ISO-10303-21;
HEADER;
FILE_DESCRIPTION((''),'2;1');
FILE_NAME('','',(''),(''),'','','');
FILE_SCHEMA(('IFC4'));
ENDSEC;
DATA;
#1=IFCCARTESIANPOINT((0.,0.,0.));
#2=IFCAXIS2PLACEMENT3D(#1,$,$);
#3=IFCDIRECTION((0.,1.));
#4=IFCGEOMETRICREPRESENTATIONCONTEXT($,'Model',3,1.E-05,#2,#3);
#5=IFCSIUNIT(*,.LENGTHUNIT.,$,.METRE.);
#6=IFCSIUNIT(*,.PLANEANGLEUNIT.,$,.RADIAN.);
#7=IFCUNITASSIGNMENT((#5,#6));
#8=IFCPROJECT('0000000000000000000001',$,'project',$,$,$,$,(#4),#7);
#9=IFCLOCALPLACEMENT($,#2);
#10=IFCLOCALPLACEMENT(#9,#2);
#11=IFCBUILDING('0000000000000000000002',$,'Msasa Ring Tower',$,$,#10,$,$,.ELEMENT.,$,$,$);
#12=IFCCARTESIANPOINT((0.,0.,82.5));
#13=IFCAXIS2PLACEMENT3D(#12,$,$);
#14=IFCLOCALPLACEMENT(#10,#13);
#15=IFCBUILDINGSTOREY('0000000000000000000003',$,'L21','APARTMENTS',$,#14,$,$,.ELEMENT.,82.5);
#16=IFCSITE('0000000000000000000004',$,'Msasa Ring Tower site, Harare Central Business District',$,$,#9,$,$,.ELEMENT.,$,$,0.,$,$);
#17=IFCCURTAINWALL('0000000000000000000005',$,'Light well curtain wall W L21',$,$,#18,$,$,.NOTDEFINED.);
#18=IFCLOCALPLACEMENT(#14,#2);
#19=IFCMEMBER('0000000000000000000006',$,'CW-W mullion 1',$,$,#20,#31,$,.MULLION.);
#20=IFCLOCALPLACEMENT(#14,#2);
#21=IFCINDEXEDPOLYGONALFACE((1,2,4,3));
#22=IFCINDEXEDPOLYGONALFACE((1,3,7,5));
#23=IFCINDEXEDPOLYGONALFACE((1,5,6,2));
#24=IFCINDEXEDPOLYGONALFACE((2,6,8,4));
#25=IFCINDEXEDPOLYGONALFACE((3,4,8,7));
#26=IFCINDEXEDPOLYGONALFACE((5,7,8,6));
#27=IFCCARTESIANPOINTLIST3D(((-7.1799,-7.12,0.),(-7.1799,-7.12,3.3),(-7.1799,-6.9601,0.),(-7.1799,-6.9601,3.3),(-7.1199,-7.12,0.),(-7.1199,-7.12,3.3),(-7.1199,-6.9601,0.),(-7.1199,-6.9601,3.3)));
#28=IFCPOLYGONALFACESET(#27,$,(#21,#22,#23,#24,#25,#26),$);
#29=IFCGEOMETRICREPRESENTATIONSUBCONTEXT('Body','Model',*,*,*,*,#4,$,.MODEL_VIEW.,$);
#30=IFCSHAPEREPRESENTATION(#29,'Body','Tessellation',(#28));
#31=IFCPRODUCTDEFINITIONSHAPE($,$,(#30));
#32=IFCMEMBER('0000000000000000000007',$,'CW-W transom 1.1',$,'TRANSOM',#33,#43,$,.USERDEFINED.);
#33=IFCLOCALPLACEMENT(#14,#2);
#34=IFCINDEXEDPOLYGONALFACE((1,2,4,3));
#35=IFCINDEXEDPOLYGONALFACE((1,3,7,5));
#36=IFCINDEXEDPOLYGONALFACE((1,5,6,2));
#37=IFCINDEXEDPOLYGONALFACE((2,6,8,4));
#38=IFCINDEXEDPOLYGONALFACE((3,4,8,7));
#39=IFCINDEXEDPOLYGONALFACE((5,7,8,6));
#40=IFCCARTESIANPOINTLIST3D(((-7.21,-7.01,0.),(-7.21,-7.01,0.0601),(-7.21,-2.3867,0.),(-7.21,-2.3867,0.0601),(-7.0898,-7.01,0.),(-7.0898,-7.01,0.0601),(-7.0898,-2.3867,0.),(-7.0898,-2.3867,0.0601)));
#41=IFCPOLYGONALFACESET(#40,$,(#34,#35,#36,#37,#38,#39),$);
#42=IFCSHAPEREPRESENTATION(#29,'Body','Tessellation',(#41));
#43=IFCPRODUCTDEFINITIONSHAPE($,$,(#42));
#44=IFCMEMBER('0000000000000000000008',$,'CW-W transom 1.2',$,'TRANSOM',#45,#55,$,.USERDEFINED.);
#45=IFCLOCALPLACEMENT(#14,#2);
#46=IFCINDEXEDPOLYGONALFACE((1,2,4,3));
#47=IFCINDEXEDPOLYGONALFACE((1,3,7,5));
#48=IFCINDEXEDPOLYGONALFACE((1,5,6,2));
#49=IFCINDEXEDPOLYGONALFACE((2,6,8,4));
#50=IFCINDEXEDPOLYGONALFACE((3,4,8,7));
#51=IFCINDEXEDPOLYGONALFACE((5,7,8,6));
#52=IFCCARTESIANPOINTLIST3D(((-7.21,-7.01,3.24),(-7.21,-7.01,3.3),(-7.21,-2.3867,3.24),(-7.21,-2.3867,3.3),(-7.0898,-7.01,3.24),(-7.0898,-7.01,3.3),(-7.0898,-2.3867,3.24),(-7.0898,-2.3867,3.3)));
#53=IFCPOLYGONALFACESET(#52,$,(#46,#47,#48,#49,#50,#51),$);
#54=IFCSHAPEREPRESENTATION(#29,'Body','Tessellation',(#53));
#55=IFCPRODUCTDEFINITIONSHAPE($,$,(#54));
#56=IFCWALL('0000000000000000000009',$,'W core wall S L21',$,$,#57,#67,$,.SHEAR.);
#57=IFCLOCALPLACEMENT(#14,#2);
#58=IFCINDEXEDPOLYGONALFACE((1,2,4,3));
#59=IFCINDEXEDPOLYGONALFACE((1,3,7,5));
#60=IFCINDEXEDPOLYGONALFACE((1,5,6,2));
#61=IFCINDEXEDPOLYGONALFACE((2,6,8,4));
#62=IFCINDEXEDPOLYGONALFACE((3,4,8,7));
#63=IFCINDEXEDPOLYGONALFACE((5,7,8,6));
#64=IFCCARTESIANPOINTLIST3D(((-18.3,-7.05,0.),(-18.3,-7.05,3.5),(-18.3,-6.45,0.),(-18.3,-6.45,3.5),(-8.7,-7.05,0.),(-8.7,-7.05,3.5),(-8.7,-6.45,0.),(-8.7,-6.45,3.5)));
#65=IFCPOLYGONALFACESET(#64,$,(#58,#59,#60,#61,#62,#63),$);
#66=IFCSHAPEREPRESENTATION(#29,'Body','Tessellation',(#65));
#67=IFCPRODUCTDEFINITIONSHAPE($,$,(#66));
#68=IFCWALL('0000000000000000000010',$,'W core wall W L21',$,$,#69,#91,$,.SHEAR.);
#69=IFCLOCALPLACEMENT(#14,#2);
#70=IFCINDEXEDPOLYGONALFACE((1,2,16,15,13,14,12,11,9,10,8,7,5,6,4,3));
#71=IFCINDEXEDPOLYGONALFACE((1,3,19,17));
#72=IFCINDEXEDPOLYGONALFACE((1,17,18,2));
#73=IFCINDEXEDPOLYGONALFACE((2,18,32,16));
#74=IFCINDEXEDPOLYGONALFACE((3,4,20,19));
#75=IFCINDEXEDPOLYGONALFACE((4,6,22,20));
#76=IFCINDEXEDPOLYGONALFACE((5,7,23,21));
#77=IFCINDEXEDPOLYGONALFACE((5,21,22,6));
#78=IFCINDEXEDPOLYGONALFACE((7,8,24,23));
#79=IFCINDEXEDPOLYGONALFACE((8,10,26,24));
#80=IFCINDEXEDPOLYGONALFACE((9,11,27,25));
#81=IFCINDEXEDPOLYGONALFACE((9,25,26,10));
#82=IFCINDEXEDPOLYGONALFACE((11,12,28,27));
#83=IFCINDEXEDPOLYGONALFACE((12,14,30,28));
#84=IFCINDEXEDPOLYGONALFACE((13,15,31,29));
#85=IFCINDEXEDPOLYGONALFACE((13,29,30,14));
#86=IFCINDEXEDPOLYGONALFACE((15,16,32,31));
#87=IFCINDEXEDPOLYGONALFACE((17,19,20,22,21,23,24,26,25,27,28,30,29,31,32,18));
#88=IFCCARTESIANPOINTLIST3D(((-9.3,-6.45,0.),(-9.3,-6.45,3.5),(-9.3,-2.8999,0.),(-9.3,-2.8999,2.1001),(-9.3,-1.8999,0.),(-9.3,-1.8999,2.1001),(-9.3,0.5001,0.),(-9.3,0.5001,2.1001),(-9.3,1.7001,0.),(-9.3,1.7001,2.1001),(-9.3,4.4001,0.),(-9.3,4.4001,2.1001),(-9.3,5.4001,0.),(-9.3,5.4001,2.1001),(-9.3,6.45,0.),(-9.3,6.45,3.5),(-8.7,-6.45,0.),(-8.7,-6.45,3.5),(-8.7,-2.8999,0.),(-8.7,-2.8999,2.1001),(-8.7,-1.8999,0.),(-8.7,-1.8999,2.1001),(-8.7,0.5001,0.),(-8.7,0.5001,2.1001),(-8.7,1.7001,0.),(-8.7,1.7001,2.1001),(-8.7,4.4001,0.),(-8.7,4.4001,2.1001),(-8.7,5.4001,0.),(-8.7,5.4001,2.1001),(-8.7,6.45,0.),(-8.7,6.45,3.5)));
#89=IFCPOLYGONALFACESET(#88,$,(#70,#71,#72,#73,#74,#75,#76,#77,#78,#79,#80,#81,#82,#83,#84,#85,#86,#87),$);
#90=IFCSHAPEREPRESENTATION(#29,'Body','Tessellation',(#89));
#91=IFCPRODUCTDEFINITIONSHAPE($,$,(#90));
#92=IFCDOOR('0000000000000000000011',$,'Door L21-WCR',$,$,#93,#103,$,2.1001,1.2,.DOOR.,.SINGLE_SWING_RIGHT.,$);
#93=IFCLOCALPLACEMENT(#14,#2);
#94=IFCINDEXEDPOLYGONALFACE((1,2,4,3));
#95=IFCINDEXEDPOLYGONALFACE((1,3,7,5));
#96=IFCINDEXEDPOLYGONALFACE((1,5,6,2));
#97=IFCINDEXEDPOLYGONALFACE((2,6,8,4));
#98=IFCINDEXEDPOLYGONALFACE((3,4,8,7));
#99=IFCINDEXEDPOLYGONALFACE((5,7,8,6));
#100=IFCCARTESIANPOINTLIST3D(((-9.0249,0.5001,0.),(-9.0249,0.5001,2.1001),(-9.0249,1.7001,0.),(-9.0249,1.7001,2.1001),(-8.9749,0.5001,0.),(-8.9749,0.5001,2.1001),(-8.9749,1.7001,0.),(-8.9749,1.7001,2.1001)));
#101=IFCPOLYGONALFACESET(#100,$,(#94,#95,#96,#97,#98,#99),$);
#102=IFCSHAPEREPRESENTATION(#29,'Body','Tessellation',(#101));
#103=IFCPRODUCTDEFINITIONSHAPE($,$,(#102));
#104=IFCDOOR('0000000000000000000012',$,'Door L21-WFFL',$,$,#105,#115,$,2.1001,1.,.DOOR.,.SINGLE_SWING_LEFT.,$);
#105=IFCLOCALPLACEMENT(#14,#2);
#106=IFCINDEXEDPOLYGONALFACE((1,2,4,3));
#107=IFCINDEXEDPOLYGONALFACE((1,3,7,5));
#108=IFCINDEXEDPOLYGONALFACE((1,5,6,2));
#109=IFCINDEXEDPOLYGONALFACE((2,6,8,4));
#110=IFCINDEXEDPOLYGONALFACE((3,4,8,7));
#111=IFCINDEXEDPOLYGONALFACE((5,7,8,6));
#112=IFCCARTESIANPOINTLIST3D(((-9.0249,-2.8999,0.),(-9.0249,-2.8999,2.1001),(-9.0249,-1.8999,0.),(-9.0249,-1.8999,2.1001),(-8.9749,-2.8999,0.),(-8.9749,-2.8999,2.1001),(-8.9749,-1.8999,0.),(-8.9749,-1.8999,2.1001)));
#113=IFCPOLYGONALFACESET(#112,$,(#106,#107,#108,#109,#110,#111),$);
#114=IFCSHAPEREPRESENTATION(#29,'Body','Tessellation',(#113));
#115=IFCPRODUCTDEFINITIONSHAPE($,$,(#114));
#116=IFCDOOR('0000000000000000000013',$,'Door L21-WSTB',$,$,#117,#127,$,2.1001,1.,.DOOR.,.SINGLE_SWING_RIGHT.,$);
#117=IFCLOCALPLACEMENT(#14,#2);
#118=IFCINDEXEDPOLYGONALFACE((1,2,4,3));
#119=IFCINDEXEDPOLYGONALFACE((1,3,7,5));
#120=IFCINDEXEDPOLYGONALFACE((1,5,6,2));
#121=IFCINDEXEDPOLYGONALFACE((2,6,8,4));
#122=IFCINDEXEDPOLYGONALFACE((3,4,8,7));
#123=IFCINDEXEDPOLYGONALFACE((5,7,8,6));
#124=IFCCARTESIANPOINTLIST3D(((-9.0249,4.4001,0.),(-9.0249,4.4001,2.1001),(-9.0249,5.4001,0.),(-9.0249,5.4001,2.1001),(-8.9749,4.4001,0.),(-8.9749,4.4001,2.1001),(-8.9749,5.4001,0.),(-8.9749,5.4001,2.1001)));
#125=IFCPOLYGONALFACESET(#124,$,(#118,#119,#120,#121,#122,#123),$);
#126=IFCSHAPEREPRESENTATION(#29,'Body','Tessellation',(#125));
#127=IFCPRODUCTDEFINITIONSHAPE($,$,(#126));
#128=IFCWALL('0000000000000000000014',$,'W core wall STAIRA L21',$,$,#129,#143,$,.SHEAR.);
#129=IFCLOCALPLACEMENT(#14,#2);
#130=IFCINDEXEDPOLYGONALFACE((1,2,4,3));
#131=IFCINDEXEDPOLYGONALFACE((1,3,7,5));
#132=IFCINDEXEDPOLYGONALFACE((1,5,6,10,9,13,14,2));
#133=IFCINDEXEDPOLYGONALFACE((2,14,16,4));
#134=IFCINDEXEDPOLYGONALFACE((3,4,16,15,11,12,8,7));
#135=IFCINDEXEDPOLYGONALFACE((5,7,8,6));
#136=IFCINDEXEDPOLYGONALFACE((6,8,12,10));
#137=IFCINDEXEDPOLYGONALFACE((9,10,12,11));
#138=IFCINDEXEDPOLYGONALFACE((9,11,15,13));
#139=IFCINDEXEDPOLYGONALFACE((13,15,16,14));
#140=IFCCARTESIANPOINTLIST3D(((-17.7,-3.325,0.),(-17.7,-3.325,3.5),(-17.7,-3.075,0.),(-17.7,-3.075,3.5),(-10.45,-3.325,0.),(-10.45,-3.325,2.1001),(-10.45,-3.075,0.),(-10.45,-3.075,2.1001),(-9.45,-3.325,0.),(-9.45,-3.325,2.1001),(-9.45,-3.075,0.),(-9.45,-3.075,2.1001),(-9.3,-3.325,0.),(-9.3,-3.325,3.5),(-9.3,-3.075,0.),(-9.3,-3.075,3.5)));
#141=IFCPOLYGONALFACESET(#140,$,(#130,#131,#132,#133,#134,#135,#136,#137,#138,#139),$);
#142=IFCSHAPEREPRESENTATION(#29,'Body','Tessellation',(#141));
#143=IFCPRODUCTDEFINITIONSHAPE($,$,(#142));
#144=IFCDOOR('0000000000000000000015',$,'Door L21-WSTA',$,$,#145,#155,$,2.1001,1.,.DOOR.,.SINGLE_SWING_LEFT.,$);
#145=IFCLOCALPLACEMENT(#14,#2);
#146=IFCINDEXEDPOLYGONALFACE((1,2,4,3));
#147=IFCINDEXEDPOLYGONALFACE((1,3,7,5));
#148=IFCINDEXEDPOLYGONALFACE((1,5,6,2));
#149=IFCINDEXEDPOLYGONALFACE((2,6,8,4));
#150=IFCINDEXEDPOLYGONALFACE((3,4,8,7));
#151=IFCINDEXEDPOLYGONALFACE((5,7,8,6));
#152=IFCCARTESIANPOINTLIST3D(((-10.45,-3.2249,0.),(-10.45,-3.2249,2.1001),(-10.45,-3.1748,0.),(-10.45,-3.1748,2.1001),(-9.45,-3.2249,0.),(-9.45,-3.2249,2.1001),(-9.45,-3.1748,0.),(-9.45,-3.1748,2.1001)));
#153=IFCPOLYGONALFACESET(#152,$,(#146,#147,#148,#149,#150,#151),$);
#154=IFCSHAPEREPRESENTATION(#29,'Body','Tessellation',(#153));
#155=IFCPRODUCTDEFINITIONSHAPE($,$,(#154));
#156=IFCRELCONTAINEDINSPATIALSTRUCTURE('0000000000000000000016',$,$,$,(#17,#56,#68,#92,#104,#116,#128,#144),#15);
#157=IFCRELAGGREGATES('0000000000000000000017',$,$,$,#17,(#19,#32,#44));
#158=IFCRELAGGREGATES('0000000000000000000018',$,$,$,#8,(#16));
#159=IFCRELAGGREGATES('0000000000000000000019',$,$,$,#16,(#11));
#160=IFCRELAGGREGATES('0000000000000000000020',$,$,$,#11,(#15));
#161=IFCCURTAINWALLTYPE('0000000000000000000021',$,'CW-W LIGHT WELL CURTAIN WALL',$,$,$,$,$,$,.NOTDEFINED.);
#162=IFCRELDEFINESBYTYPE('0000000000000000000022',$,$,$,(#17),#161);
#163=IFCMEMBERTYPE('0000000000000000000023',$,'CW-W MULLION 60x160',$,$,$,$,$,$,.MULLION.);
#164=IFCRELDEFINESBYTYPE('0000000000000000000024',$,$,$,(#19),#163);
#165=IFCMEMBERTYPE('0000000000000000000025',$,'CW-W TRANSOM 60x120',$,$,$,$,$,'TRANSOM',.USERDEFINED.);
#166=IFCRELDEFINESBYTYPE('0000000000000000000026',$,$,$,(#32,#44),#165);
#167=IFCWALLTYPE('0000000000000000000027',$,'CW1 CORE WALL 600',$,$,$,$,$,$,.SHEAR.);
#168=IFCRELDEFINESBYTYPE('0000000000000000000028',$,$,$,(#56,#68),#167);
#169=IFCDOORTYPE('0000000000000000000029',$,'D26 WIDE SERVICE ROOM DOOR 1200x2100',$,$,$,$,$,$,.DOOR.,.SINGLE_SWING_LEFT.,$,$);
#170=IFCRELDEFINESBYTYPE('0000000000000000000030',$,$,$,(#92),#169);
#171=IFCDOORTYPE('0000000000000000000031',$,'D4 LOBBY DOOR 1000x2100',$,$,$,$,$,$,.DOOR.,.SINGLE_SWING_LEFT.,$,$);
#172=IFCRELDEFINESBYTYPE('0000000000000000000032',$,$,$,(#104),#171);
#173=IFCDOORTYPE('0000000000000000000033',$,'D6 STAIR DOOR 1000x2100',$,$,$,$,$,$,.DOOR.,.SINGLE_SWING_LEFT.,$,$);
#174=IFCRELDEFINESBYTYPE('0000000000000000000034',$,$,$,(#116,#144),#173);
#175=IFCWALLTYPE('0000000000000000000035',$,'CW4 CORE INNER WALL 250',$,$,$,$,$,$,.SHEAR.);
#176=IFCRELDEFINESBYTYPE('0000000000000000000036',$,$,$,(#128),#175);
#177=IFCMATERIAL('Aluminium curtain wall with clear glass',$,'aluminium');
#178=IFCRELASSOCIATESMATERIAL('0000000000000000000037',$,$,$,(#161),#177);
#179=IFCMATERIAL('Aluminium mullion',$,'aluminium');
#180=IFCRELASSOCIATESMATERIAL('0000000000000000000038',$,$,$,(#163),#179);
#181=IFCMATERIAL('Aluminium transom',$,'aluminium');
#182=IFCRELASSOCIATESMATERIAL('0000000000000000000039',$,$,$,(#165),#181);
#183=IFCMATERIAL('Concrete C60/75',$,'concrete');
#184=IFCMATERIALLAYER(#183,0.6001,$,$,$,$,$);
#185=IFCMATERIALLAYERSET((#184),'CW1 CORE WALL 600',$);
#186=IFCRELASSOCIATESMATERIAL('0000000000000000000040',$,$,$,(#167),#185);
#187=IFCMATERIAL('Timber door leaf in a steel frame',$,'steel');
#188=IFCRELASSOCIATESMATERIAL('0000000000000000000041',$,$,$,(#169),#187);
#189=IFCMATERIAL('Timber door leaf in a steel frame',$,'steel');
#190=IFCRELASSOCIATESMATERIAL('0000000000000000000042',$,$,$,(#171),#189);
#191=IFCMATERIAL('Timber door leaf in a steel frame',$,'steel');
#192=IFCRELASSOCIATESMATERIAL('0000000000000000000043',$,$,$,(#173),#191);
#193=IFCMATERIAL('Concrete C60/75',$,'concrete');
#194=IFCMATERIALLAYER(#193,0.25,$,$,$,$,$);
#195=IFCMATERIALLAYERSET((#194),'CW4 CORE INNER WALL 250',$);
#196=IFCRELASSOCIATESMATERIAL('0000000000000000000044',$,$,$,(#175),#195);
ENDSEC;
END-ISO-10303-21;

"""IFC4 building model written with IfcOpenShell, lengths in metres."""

from ifc_helpers import new_model, si_unit, direction, frame, frame_2d, origin, origin_2d, place, context, subcontext, project, spatial, rectangle, extrude, material, layer, layer_set, material_profile, profile_set, type_object, element, fill, aggregate, save


model = new_model("IFC4")

# Units and contexts
model_context = context("Model", 3, precision=1e-05, world=origin(), true_north=direction((0.0, 1.0)))
body_context = subcontext(model_context, "Body", "Model", "MODEL_VIEW")
ifc_project = project(units=[si_unit("LENGTHUNIT", "METRE"), si_unit("PLANEANGLEUNIT", "RADIAN")], contexts=[model_context])

# Site, building, storey
site_placement = place(None, origin())
site = spatial("IfcSite", under=ifc_project, at=site_placement, Name="Msasa Ring Tower site, Harare Central Business District", CompositionType="ELEMENT", RefElevation=0.0)
building_placement = place(site_placement, origin())
building = spatial("IfcBuilding", under=site, at=building_placement, Name="Msasa Ring Tower", CompositionType="ELEMENT")
storey_placement = place(building_placement, frame((0.0, 0.0, 82.5)))
storey = spatial("IfcBuildingStorey", under=building, at=storey_placement, Name="L21", Description="APARTMENTS", CompositionType="ELEMENT", Elevation=82.5)

# Curtain wall, members
ifc_material_1 = material(Name="Aluminium curtain wall with clear glass", Category="aluminium")
curtain_wall_type = type_object("IfcCurtainWallType", Name="CW-W LIGHT WELL CURTAIN WALL", PredefinedType="NOTDEFINED", material=ifc_material_1)
curtain_wall_placement = place(storey_placement, origin())
curtain_wall = element("IfcCurtainWall", 1, at=curtain_wall_placement, inside=storey, type_object=curtain_wall_type, Name="Light well curtain wall W L21", PredefinedType="NOTDEFINED")
ifc_material_2 = material(Name="Aluminium mullion", Category="aluminium")
ifc_material_profile_1 = material_profile(ifc_material_2, rectangle(XDim=0.0601, YDim=0.1599, at=origin_2d()), Name="AL 60x160")
ifc_profile_set_1 = profile_set([ifc_material_profile_1], Name="Aluminium mullion")
member_type_1 = type_object("IfcMemberType", Name="CW-W MULLION 60x160", PredefinedType="MULLION", material=ifc_profile_set_1)
member_1_placement = place(storey_placement, frame((-7.1499, -7.04, 0.0), z_axis=(0.0, 0.0, 1.0), x_axis=(-1.0, 0.0, 0.0)))
member_1 = element("IfcMember", 2, at=member_1_placement, type_object=member_type_1, Name="CW-W mullion 1", PredefinedType="MULLION", context=body_context, shape_type="SweptSolid", body=[
    extrude(rectangle(XDim=0.0601, YDim=0.1599, at=origin_2d()), origin(), (0.0, 0.0, 1.0), 3.3),
])
ifc_material_3 = material(Name="Aluminium transom", Category="aluminium")
ifc_material_profile_2 = material_profile(ifc_material_3, rectangle(XDim=0.1201, YDim=0.0601, at=origin_2d()), Name="AL 60x120")
ifc_profile_set_2 = profile_set([ifc_material_profile_2], Name="Aluminium transom")
member_type_2 = type_object("IfcMemberType", Name="CW-W TRANSOM 60x120", ElementType="TRANSOM", PredefinedType="USERDEFINED", material=ifc_profile_set_2)
member_2_placement = place(storey_placement, frame((-7.1499, -7.01, 0.03), z_axis=(0.0, 1.0, 0.0), x_axis=(-1.0, 0.0, 0.0)))
member_2 = element("IfcMember", 3, at=member_2_placement, type_object=member_type_2, Name="CW-W transom 1.1", ObjectType="TRANSOM", PredefinedType="USERDEFINED", context=body_context, shape_type="SweptSolid", body=[
    extrude(rectangle(XDim=0.1201, YDim=0.0601, at=origin_2d()), origin(), (0.0, 0.0, 1.0), 4.6233),
])
member_3_placement = place(storey_placement, frame((-7.1499, -7.01, 3.27), z_axis=(0.0, 1.0, 0.0), x_axis=(-1.0, 0.0, 0.0)))
member_3 = element("IfcMember", 4, at=member_3_placement, type_object=member_type_2, Name="CW-W transom 1.2", ObjectType="TRANSOM", PredefinedType="USERDEFINED", context=body_context, shape_type="SweptSolid", body=[
    extrude(rectangle(XDim=0.1201, YDim=0.0601, at=origin_2d()), origin(), (0.0, 0.0, 1.0), 4.6233),
])
aggregate(curtain_wall, [member_1, member_2, member_3])

# Wall
ifc_material_4 = material(Name="Concrete C60/75", Category="concrete")
ifc_layer_1 = layer(ifc_material_4, 0.6001)
ifc_layer_set_1 = layer_set([ifc_layer_1], Name="CW1 CORE WALL 600")
wall_type_1 = type_object("IfcWallType", Name="CW1 CORE WALL 600", PredefinedType="SHEAR", material=ifc_layer_set_1)
wall_1_placement = place(storey_placement, frame((-8.7, -6.75, 0.0), z_axis=(0.0, 0.0, 1.0), x_axis=(-1.0, 0.0, 0.0)))
element("IfcWall", 5, at=wall_1_placement, inside=storey, type_object=wall_type_1, Name="W core wall S L21", PredefinedType="SHEAR", context=body_context, shape_type="SweptSolid", body=[
    extrude(rectangle(XDim=9.6001, YDim=0.6001, at=frame_2d((4.8, 0.0))), origin(), (0.0, 0.0, 1.0), 3.5),
])

# Wall, openings, doors
wall_2_placement = place(storey_placement, frame((-9.0, -6.45, 0.0), z_axis=(0.0, 0.0, 1.0), x_axis=(0.0, 1.0, 0.0)))
wall_2 = element("IfcWall", 6, at=wall_2_placement, inside=storey, type_object=wall_type_1, Name="W core wall W L21", PredefinedType="SHEAR", context=body_context, shape_type="SweptSolid", body=[
    extrude(rectangle(XDim=12.8999, YDim=0.6001, at=frame_2d((6.45, 0.0))), origin(), (0.0, 0.0, 1.0), 3.5),
])
opening_1_placement = place(wall_2_placement, frame((3.55, 0.0, 0.0)))
opening_1 = element("IfcOpeningElement", 7, at=opening_1_placement, cuts=wall_2, PredefinedType="OPENING", context=body_context, shape_type="SweptSolid", body=[
    extrude(rectangle(XDim=1.0, YDim=2.1001, at=frame_2d((0.5, 1.05))), frame((0.0, 0.3101, 0.0), z_axis=(0.0, -1.0, 0.0), x_axis=(1.0, 0.0, 0.0)), (0.0, 0.0, 1.0), 0.6201),
])
opening_2_placement = place(wall_2_placement, frame((6.95, 0.0, 0.0)))
opening_2 = element("IfcOpeningElement", 8, at=opening_2_placement, cuts=wall_2, PredefinedType="OPENING", context=body_context, shape_type="SweptSolid", body=[
    extrude(rectangle(XDim=1.2, YDim=2.1001, at=frame_2d((0.6001, 1.05))), frame((0.0, 0.3101, 0.0), z_axis=(0.0, -1.0, 0.0), x_axis=(1.0, 0.0, 0.0)), (0.0, 0.0, 1.0), 0.6201),
])
opening_3_placement = place(wall_2_placement, frame((10.8501, 0.0, 0.0)))
opening_3 = element("IfcOpeningElement", 9, at=opening_3_placement, cuts=wall_2, PredefinedType="OPENING", context=body_context, shape_type="SweptSolid", body=[
    extrude(rectangle(XDim=1.0, YDim=2.1001, at=frame_2d((0.5, 1.05))), frame((0.0, 0.3101, 0.0), z_axis=(0.0, -1.0, 0.0), x_axis=(1.0, 0.0, 0.0)), (0.0, 0.0, 1.0), 0.6201),
])
ifc_material_5 = material(Name="Timber door leaf in a steel frame", Category="steel")
door_type_1 = type_object("IfcDoorType", Name="D26 WIDE SERVICE ROOM DOOR 1200x2100", OperationType="SINGLE_SWING_LEFT", PredefinedType="DOOR", material=ifc_material_5)
door_1_placement = place(opening_2_placement, origin())
door_1 = element("IfcDoor", 10, at=door_1_placement, inside=storey, type_object=door_type_1, Name="Door L21-WCR", OperationType="SINGLE_SWING_RIGHT", OverallHeight=2.1001, OverallWidth=1.2, PredefinedType="DOOR", context=body_context, shape_type="SweptSolid", body=[
    extrude(rectangle(XDim=1.2, YDim=2.1001, at=frame_2d((0.6001, 1.05))), frame((0.0, 0.0249, 0.0), z_axis=(0.0, -1.0, 0.0), x_axis=(1.0, 0.0, 0.0)), (0.0, 0.0, 1.0), 0.05),
])
fill(opening_2, door_1)
ifc_material_6 = material(Name="Timber door leaf in a steel frame", Category="steel")
door_type_2 = type_object("IfcDoorType", Name="D4 LOBBY DOOR 1000x2100", OperationType="SINGLE_SWING_LEFT", PredefinedType="DOOR", material=ifc_material_6)
door_2_placement = place(opening_1_placement, origin())
door_2 = element("IfcDoor", 11, at=door_2_placement, inside=storey, type_object=door_type_2, Name="Door L21-WFFL", OperationType="SINGLE_SWING_LEFT", OverallHeight=2.1001, OverallWidth=1.0, PredefinedType="DOOR", context=body_context, shape_type="SweptSolid", body=[
    extrude(rectangle(XDim=1.0, YDim=2.1001, at=frame_2d((0.5, 1.05))), frame((0.0, 0.0249, 0.0), z_axis=(0.0, -1.0, 0.0), x_axis=(1.0, 0.0, 0.0)), (0.0, 0.0, 1.0), 0.05),
])
fill(opening_1, door_2)
ifc_material_7 = material(Name="Timber door leaf in a steel frame", Category="steel")
door_type_3 = type_object("IfcDoorType", Name="D6 STAIR DOOR 1000x2100", OperationType="SINGLE_SWING_LEFT", PredefinedType="DOOR", material=ifc_material_7)
door_3_placement = place(opening_3_placement, origin())
door_3 = element("IfcDoor", 12, at=door_3_placement, inside=storey, type_object=door_type_3, Name="Door L21-WSTB", OperationType="SINGLE_SWING_RIGHT", OverallHeight=2.1001, OverallWidth=1.0, PredefinedType="DOOR", context=body_context, shape_type="SweptSolid", body=[
    extrude(rectangle(XDim=1.0, YDim=2.1001, at=frame_2d((0.5, 1.05))), frame((0.0, 0.0249, 0.0), z_axis=(0.0, -1.0, 0.0), x_axis=(1.0, 0.0, 0.0)), (0.0, 0.0, 1.0), 0.05),
])
fill(opening_3, door_3)

# Wall, opening, door
ifc_material_8 = material(Name="Concrete C60/75", Category="concrete")
ifc_layer_2 = layer(ifc_material_8, 0.25)
ifc_layer_set_2 = layer_set([ifc_layer_2], Name="CW4 CORE INNER WALL 250")
wall_type_2 = type_object("IfcWallType", Name="CW4 CORE INNER WALL 250", PredefinedType="SHEAR", material=ifc_layer_set_2)
wall_3_placement = place(storey_placement, frame((-9.3, -3.2, 0.0), z_axis=(0.0, 0.0, 1.0), x_axis=(-1.0, 0.0, 0.0)))
wall_3 = element("IfcWall", 13, at=wall_3_placement, inside=storey, type_object=wall_type_2, Name="W core wall STAIRA L21", PredefinedType="SHEAR", context=body_context, shape_type="SweptSolid", body=[
    extrude(rectangle(XDim=8.3999, YDim=0.25, at=frame_2d((4.2, 0.0))), origin(), (0.0, 0.0, 1.0), 3.5),
])
opening_4_placement = place(wall_3_placement, frame((0.1499, 0.0, 0.0)))
opening_4 = element("IfcOpeningElement", 14, at=opening_4_placement, cuts=wall_3, PredefinedType="OPENING", context=body_context, shape_type="SweptSolid", body=[
    extrude(rectangle(XDim=1.0, YDim=2.1001, at=frame_2d((0.5, 1.05))), frame((0.0, 0.135, 0.0), z_axis=(0.0, -1.0, 0.0), x_axis=(1.0, 0.0, 0.0)), (0.0, 0.0, 1.0), 0.27),
])
door_4_placement = place(opening_4_placement, origin())
door_4 = element("IfcDoor", 15, at=door_4_placement, inside=storey, type_object=door_type_3, Name="Door L21-WSTA", OperationType="SINGLE_SWING_LEFT", OverallHeight=2.1001, OverallWidth=1.0, PredefinedType="DOOR", context=body_context, shape_type="SweptSolid", body=[
    extrude(rectangle(XDim=1.0, YDim=2.1001, at=frame_2d((0.5, 1.05))), frame((0.0, 0.0249, 0.0), z_axis=(0.0, -1.0, 0.0), x_axis=(1.0, 0.0, 0.0)), (0.0, 0.0, 1.0), 0.05),
])
fill(opening_4, door_4)

save(model, "model.ifc")
